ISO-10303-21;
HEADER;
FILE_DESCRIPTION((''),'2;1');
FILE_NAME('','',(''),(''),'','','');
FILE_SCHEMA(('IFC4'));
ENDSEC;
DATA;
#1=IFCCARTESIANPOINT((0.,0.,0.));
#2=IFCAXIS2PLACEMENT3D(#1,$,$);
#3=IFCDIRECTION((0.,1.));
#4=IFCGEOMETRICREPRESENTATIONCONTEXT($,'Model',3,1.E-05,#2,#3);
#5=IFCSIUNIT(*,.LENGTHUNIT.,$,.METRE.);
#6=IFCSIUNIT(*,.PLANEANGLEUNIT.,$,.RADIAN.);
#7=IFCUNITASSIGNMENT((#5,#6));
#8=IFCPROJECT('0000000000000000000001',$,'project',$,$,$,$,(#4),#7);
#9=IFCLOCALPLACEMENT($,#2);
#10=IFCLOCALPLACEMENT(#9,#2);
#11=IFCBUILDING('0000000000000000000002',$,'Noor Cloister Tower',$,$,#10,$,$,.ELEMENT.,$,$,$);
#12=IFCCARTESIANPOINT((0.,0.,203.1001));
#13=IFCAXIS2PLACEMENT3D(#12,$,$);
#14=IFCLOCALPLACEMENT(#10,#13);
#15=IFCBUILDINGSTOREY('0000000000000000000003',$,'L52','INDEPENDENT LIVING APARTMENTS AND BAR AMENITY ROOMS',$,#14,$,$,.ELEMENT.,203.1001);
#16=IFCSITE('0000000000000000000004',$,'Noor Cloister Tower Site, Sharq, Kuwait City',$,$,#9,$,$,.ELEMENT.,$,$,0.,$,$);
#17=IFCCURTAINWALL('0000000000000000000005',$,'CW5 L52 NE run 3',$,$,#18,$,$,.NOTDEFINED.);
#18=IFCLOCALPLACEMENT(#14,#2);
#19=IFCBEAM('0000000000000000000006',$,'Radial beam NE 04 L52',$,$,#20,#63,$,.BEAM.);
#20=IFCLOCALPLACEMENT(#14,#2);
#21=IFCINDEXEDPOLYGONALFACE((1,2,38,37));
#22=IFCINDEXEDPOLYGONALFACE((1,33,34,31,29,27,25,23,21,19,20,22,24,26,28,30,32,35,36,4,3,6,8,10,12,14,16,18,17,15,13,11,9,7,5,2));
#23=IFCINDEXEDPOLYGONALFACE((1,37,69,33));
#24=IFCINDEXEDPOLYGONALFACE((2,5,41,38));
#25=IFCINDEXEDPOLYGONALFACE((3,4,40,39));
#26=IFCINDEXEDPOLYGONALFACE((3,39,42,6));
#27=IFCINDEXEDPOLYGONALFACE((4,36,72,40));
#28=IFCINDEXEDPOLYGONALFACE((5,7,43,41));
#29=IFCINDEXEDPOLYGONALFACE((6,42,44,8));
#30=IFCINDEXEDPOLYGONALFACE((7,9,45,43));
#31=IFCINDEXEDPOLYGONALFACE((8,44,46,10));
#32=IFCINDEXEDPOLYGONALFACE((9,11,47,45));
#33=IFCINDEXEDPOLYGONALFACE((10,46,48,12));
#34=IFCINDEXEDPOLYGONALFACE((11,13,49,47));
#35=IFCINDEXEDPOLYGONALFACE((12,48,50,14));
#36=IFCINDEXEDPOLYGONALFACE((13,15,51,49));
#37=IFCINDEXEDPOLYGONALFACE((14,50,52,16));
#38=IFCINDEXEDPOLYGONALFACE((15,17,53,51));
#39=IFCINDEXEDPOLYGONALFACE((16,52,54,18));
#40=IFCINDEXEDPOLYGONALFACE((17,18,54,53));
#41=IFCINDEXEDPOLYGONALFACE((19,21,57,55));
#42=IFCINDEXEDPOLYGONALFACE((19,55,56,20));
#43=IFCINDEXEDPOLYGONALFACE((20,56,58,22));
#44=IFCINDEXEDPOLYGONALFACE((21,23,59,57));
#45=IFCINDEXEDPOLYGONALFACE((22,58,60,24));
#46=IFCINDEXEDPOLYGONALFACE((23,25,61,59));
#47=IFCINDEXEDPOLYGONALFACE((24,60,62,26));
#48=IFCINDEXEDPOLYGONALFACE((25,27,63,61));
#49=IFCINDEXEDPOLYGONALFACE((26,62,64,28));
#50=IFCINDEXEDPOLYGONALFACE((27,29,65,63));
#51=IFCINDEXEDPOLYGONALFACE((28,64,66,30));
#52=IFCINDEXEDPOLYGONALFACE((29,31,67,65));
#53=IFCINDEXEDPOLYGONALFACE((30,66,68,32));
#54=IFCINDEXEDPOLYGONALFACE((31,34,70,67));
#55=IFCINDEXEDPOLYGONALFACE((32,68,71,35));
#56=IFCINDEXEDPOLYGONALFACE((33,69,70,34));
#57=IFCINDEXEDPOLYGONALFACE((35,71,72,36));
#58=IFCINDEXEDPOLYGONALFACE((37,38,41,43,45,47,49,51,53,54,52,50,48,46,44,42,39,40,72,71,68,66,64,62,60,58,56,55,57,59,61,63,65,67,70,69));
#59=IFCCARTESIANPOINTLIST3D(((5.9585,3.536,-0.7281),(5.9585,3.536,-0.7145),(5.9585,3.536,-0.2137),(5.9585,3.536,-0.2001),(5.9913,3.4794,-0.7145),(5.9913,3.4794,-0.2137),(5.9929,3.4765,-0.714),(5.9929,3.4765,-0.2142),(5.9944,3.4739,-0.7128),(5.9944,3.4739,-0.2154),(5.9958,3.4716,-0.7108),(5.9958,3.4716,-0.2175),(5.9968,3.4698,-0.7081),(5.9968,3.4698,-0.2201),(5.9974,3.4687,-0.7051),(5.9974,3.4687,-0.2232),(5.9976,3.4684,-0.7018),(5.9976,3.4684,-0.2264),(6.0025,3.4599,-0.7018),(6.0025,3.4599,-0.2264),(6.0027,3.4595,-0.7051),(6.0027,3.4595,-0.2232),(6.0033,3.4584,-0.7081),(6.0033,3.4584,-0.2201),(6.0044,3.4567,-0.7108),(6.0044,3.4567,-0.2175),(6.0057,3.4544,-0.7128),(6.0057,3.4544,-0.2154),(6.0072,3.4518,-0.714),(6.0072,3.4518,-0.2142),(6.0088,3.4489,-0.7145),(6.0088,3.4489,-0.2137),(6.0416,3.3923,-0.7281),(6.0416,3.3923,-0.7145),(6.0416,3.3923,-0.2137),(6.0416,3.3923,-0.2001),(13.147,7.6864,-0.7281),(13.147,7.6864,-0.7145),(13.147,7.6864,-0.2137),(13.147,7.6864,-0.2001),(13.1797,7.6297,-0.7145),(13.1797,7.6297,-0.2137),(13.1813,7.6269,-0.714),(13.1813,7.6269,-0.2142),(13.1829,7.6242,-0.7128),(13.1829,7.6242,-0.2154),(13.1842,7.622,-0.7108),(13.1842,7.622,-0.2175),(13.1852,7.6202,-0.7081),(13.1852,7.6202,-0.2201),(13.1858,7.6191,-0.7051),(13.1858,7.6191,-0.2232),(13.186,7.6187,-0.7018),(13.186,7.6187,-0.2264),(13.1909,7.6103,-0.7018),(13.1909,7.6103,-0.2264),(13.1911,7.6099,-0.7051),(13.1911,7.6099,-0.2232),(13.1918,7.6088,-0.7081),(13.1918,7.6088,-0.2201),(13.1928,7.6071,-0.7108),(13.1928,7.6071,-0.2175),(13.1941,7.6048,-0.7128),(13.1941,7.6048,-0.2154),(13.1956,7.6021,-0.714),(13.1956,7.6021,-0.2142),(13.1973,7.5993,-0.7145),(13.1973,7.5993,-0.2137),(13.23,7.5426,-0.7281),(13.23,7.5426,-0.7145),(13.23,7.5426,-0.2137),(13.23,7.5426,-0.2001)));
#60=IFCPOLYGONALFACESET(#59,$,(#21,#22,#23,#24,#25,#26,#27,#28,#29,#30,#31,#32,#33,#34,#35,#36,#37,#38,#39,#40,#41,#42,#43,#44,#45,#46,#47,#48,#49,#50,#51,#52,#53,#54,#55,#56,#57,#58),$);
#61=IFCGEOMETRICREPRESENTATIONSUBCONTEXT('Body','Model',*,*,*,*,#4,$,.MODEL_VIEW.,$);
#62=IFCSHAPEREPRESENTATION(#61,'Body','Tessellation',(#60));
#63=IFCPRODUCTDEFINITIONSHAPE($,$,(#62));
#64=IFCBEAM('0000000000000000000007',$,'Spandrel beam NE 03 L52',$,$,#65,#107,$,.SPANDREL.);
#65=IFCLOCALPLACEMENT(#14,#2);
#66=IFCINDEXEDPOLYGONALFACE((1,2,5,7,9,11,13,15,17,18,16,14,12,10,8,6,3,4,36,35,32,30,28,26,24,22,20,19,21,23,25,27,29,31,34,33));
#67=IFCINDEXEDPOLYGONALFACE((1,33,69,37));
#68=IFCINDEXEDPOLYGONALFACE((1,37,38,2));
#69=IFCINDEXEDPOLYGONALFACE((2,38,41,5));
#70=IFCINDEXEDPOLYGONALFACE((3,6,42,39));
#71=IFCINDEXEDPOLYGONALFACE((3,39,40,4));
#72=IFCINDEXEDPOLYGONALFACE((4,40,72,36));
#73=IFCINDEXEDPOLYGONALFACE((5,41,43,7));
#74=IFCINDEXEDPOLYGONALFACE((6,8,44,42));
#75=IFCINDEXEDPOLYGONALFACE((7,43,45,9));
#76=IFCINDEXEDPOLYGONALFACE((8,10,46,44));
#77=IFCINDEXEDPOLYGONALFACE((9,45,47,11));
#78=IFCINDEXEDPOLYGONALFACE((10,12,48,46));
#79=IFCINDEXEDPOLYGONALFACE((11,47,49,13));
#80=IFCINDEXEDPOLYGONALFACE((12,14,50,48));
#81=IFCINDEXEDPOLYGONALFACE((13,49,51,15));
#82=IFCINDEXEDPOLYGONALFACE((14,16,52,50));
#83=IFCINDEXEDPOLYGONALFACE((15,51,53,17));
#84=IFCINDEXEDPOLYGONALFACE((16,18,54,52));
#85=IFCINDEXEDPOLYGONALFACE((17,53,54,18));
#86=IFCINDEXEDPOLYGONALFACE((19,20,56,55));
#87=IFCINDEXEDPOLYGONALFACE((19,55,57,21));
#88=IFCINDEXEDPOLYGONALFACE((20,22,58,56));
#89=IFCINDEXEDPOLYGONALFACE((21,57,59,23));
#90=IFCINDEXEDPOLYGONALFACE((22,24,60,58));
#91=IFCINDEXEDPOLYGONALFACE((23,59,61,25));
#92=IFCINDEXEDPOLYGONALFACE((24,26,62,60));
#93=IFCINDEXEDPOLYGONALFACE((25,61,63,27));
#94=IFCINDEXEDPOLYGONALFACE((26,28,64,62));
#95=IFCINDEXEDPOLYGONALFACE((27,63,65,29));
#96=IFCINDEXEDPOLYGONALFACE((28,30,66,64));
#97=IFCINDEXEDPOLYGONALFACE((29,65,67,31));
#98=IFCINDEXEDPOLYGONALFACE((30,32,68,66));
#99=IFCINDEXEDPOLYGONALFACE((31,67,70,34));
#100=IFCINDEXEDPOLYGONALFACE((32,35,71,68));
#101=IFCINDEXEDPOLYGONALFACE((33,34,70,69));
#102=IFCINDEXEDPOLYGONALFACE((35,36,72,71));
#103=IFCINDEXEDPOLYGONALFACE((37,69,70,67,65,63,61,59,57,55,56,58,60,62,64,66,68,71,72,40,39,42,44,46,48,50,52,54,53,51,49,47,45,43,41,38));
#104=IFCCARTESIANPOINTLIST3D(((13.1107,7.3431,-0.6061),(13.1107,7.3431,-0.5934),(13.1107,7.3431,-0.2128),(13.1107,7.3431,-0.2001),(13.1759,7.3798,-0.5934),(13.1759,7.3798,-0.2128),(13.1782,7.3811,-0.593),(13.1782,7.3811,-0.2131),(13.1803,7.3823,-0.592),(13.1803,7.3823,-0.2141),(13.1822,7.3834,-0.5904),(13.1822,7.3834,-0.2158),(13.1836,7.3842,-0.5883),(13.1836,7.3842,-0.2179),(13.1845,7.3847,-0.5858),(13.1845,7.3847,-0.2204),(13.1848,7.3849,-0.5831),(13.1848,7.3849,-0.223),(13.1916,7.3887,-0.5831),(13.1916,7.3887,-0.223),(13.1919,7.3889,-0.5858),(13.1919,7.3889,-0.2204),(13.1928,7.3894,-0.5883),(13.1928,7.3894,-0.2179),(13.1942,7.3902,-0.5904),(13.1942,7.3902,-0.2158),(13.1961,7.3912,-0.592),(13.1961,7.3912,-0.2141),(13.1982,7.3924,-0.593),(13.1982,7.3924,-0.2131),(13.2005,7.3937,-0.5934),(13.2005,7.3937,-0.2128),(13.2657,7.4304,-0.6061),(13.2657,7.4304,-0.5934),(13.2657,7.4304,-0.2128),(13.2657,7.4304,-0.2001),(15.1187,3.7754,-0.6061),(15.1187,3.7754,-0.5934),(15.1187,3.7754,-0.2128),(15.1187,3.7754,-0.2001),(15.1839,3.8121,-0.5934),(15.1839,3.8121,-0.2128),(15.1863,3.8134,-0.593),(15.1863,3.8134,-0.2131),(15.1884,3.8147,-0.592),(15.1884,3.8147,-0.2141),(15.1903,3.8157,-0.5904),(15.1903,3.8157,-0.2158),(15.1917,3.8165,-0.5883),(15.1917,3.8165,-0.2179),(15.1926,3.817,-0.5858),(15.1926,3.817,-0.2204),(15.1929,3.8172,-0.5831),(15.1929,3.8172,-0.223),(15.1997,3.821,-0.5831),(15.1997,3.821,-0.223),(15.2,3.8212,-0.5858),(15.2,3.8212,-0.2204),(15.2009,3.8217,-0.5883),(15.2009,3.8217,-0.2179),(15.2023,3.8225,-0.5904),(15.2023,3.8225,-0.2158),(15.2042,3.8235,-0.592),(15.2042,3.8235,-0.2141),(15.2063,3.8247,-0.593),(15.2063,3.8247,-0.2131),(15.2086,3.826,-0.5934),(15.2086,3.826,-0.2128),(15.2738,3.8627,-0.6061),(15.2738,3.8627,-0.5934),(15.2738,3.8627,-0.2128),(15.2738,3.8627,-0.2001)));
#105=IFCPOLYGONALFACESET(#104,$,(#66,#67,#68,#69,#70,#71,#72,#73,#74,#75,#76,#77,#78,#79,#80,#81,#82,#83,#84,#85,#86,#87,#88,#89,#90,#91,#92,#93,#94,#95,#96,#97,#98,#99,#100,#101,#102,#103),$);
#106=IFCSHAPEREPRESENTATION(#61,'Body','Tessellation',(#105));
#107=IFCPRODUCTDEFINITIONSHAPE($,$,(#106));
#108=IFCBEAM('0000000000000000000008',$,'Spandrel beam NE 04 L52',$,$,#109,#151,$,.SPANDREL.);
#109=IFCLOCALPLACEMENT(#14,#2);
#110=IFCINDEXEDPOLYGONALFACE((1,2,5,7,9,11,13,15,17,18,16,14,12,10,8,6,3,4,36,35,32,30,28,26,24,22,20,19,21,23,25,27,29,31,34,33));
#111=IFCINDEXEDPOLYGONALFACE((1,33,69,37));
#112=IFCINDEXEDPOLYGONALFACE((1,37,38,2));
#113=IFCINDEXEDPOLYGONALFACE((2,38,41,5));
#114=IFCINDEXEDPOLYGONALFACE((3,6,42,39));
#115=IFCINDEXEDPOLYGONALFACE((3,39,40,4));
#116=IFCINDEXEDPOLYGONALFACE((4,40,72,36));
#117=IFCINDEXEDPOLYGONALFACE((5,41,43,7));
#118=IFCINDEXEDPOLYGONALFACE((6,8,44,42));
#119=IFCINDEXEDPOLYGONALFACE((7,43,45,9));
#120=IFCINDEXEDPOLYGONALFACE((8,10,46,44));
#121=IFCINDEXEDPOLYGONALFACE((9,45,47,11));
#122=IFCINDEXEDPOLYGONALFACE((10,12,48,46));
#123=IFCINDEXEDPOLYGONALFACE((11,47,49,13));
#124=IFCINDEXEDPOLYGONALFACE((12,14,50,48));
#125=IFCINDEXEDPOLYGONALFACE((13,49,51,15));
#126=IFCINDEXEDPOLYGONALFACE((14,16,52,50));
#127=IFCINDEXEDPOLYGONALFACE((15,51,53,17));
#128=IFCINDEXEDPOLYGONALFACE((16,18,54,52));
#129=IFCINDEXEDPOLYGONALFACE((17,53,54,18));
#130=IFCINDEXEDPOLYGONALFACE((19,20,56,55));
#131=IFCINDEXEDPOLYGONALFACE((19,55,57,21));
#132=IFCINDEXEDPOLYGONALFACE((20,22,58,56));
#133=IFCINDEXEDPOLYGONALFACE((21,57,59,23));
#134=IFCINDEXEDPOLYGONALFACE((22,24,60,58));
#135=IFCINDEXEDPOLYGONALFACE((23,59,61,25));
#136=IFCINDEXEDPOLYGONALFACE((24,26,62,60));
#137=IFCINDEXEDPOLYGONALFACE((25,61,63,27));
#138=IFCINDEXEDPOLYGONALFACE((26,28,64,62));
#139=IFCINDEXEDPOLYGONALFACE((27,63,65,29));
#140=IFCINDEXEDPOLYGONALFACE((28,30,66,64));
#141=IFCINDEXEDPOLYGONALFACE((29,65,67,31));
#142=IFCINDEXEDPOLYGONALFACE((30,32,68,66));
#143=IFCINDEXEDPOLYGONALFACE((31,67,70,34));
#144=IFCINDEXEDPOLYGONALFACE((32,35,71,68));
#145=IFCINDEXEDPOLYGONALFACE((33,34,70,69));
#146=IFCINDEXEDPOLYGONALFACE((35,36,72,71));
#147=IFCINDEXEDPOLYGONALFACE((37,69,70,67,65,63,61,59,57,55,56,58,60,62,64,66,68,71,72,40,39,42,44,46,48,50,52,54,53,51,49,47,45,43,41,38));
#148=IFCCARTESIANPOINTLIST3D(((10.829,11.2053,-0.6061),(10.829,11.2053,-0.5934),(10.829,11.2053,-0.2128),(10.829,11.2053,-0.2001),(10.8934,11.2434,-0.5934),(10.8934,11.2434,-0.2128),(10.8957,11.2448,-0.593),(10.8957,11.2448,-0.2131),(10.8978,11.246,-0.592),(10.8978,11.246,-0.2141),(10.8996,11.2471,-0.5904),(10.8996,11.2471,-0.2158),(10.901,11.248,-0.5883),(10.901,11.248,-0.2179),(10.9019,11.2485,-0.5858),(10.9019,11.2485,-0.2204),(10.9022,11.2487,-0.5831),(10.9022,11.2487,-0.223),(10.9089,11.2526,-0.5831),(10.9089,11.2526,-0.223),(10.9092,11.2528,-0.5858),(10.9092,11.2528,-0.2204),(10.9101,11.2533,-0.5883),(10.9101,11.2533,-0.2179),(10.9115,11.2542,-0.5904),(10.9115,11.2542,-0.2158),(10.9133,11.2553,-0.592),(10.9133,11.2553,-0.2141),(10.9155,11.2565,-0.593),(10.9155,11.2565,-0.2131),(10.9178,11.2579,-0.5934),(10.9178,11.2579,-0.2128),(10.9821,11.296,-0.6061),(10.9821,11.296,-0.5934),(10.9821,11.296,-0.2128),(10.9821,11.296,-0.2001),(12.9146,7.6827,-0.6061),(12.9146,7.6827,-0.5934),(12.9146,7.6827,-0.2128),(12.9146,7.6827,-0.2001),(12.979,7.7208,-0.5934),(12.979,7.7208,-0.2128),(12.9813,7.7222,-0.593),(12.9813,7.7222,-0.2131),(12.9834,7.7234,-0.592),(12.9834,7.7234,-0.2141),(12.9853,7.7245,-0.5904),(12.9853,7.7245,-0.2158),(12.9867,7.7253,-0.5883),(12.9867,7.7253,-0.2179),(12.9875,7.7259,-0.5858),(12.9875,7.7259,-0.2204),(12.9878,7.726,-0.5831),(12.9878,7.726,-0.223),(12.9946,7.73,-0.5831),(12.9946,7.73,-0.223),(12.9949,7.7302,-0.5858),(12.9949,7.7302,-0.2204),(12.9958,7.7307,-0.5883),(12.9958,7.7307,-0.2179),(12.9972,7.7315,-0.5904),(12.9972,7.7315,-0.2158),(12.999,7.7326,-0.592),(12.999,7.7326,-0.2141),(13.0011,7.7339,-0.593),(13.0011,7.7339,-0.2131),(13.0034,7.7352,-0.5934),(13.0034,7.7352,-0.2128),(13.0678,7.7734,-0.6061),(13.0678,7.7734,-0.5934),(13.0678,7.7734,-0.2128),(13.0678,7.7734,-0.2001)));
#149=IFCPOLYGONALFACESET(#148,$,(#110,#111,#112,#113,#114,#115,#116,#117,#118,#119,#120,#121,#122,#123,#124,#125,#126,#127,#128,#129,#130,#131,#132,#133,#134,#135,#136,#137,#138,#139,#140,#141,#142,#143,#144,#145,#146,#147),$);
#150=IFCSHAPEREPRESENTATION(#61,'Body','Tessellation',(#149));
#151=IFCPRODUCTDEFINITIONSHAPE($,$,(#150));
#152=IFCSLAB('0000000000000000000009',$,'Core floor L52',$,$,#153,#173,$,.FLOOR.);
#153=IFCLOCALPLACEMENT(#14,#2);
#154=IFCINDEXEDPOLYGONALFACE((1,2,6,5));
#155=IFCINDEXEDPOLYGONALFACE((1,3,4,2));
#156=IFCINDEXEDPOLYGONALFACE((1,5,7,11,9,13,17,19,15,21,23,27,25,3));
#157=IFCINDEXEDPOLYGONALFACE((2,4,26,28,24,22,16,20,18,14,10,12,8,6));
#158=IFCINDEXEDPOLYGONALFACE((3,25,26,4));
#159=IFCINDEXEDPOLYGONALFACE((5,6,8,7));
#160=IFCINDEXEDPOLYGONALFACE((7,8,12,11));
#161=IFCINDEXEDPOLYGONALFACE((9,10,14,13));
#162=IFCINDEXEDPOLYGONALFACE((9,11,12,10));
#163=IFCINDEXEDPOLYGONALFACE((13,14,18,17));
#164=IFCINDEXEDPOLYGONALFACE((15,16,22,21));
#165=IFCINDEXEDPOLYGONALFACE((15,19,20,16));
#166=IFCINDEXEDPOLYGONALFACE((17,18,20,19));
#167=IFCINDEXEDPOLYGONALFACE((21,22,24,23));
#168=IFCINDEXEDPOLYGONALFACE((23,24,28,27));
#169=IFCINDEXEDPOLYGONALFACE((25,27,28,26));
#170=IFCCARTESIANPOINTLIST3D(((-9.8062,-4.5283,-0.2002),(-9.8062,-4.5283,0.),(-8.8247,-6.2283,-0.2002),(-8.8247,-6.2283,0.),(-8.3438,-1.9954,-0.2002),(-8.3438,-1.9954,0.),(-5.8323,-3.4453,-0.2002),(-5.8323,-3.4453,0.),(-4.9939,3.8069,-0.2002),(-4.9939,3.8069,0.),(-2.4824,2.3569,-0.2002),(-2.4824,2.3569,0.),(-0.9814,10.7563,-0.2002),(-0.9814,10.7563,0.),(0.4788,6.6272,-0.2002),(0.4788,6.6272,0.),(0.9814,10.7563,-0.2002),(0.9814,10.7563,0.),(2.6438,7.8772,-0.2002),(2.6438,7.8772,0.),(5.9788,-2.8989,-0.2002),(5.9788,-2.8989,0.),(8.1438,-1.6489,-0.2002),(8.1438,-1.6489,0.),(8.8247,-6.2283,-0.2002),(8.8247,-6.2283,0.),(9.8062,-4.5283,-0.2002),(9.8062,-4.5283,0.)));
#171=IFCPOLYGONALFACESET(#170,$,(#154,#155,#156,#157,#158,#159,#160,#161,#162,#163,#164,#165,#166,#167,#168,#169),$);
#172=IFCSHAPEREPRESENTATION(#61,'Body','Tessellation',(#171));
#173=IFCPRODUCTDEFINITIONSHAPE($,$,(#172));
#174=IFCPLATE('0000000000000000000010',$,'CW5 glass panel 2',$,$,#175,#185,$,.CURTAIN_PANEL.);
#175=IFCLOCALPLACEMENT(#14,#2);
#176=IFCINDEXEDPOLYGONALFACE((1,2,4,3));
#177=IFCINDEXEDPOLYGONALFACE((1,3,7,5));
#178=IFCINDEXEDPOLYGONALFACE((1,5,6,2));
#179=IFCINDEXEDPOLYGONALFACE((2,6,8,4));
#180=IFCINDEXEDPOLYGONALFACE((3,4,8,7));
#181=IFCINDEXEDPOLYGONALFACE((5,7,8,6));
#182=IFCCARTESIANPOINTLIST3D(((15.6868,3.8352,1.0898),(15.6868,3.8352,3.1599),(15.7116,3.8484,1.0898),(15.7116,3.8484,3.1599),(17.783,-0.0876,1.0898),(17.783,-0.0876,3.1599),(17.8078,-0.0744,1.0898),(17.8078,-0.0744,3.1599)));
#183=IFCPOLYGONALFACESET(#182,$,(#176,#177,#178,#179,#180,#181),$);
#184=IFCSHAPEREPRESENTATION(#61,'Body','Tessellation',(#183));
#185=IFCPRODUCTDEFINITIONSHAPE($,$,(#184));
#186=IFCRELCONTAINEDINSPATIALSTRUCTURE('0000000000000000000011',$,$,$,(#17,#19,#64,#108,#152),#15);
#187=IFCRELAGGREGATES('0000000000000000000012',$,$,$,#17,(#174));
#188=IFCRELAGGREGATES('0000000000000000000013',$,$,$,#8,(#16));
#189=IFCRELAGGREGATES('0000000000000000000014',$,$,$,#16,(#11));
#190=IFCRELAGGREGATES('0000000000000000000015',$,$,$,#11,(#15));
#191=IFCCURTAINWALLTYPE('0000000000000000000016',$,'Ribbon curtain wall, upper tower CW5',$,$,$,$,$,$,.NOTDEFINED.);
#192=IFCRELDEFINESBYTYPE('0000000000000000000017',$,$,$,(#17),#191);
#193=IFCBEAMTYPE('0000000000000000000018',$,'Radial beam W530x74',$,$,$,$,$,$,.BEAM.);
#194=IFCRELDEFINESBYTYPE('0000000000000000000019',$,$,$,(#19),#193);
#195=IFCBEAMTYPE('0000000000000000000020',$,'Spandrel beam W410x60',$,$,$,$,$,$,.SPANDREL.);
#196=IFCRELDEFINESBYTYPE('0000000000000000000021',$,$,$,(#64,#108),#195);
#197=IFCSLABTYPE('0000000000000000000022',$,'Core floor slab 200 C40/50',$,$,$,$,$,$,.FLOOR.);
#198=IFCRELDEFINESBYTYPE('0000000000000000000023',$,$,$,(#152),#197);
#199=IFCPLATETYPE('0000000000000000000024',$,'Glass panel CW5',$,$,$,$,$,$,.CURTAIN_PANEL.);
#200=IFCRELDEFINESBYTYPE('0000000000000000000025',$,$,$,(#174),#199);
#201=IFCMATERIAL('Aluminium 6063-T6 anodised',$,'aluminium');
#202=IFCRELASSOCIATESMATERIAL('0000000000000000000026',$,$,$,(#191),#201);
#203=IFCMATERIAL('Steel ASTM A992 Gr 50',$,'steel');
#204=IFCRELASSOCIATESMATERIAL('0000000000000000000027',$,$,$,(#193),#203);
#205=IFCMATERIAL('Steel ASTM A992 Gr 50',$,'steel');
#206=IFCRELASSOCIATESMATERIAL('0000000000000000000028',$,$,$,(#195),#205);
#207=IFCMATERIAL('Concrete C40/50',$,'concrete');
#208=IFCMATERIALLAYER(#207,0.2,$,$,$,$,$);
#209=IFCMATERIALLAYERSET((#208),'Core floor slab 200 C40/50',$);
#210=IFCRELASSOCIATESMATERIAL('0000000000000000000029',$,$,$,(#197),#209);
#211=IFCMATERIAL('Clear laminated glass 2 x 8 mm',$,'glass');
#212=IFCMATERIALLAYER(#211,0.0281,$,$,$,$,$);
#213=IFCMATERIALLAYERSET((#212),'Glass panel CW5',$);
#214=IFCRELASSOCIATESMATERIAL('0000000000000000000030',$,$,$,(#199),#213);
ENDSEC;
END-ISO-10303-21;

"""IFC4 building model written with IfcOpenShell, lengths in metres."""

from ifc_helpers import new_model, si_unit, direction, frame, origin, origin_2d, place, context, subcontext, project, spatial, polyline, rectangle, i_section, outline, extrude, material, layer, layer_set, material_profile, profile_set, type_object, element, aggregate, save


model = new_model("IFC4")

# Units and contexts
model_context = context("Model", 3, precision=1e-05, world=origin(), true_north=direction((0.0, 1.0)))
body_context = subcontext(model_context, "Body", "Model", "MODEL_VIEW")
ifc_project = project(units=[si_unit("LENGTHUNIT", "METRE"), si_unit("PLANEANGLEUNIT", "RADIAN")], contexts=[model_context])

# Site, building, storey
site_placement = place(None, origin())
site = spatial("IfcSite", under=ifc_project, at=site_placement, Name="Noor Cloister Tower Site, Sharq, Kuwait City", CompositionType="ELEMENT", RefElevation=0.0)
building_placement = place(site_placement, origin())
building = spatial("IfcBuilding", under=site, at=building_placement, Name="Noor Cloister Tower", CompositionType="ELEMENT")
storey_placement = place(building_placement, frame((0.0, 0.0, 203.1001)))
storey = spatial("IfcBuildingStorey", under=building, at=storey_placement, Name="L52", Description="INDEPENDENT LIVING APARTMENTS AND BAR AMENITY ROOMS", CompositionType="ELEMENT", Elevation=203.1001)

# Curtain wall
ifc_material_1 = material(Name="Aluminium 6063-T6 anodised", Category="aluminium")
curtain_wall_type = type_object("IfcCurtainWallType", Name="Ribbon curtain wall, upper tower CW5", PredefinedType="NOTDEFINED", material=ifc_material_1)
curtain_wall_placement = place(storey_placement, origin())
curtain_wall = element("IfcCurtainWall", 1, at=curtain_wall_placement, inside=storey, type_object=curtain_wall_type, Name="CW5 L52 NE run 3", PredefinedType="NOTDEFINED")

# Beams
ifc_material_2 = material(Name="Steel ASTM A992 Gr 50", Category="steel")
ifc_material_profile_1 = material_profile(ifc_material_2, i_section(OverallWidth=0.166, OverallDepth=0.5281, WebThickness=0.0098, FlangeThickness=0.0137, FilletRadius=0.0127, at=origin_2d()), Name="W530x74")
ifc_profile_set_1 = profile_set([ifc_material_profile_1], Name="Steel ASTM A992 Gr 50")
beam_type_1 = type_object("IfcBeamType", Name="Radial beam W530x74", PredefinedType="BEAM", material=ifc_profile_set_1)
beam_1_placement = place(storey_placement, frame((13.1885, 7.6145, -0.4641), z_axis=(-0.866019, -0.500011, 0.0), x_axis=(0.500011, -0.866019, 0.0)))
element("IfcBeam", 2, at=beam_1_placement, inside=storey, type_object=beam_type_1, Name="Radial beam NE 04 L52", PredefinedType="BEAM", context=body_context, shape_type="SweptSolid", body=[
    extrude(i_section(OverallWidth=0.166, OverallDepth=0.5281, WebThickness=0.0098, FlangeThickness=0.0137, FilletRadius=0.0127, at=origin_2d()), origin(), (0.0, 0.0, 1.0), 8.3005),
])
ifc_material_3 = material(Name="Steel ASTM A992 Gr 50", Category="steel")
ifc_material_profile_2 = material_profile(ifc_material_3, i_section(OverallWidth=0.178, OverallDepth=0.406, WebThickness=0.0078, FlangeThickness=0.0127, FilletRadius=0.0103, at=origin_2d()), Name="W410x60")
ifc_profile_set_2 = profile_set([ifc_material_profile_2], Name="Steel ASTM A992 Gr 50")
beam_type_2 = type_object("IfcBeamType", Name="Spandrel beam W410x60", PredefinedType="SPANDREL", material=ifc_profile_set_2)
beam_2_placement = place(storey_placement, frame((15.1963, 3.8191, -0.4031), z_axis=(-0.490496, 0.871443, 0.0), x_axis=(-0.871443, -0.490496, 0.0)))
element("IfcBeam", 3, at=beam_2_placement, inside=storey, type_object=beam_type_2, Name="Spandrel beam NE 03 L52", PredefinedType="SPANDREL", context=body_context, shape_type="SweptSolid", body=[
    extrude(i_section(OverallWidth=0.178, OverallDepth=0.406, WebThickness=0.0078, FlangeThickness=0.0127, FilletRadius=0.0103, at=origin_2d()), origin(), (0.0, 0.0, 1.0), 4.094),
])
beam_3_placement = place(storey_placement, frame((12.9912, 7.728, -0.4031), z_axis=(-0.509471, 0.860488, 0.0), x_axis=(-0.860488, -0.509471, 0.0)))
element("IfcBeam", 4, at=beam_3_placement, inside=storey, type_object=beam_type_2, Name="Spandrel beam NE 04 L52", PredefinedType="SPANDREL", context=body_context, shape_type="SweptSolid", body=[
    extrude(i_section(OverallWidth=0.178, OverallDepth=0.406, WebThickness=0.0078, FlangeThickness=0.0127, FilletRadius=0.0103, at=origin_2d()), origin(), (0.0, 0.0, 1.0), 4.0938),
])

# Slab
ifc_material_4 = material(Name="Concrete C40/50", Category="concrete")
ifc_layer_1 = layer(ifc_material_4, 0.2)
ifc_layer_set_1 = layer_set([ifc_layer_1], Name="Core floor slab 200 C40/50")
slab_type_1 = type_object("IfcSlabType", Name="Core floor slab 200 C40/50", PredefinedType="FLOOR", material=ifc_layer_set_1)
slab_1_placement = place(storey_placement, frame((0.0, 0.0, -0.2002)))
element("IfcSlab", 5, at=slab_1_placement, inside=storey, type_object=slab_type_1, Name="Core floor L52", PredefinedType="FLOOR", context=body_context, shape_type="SweptSolid", body=[
    extrude(outline(polyline([(2.6438, 7.8772), (0.9814, 10.7563), (-0.9814, 10.7563), (-4.9939, 3.8069), (-2.4824, 2.3569), (-5.8323, -3.4453), (-8.3438, -1.9954), (-9.8062, -4.5283), (-8.8247, -6.2283), (8.8247, -6.2283), (9.8062, -4.5283), (8.1438, -1.6489), (5.9788, -2.8989), (0.4788, 6.6272), (2.6438, 7.8772)])), origin(), (0.0, 0.0, 1.0), 0.2002),
])

# Plate
ifc_material_5 = material(Name="Clear laminated glass 2 x 8 mm", Category="glass")
ifc_layer_2 = layer(ifc_material_5, 0.0281)
ifc_layer_set_2 = layer_set([ifc_layer_2], Name="Glass panel CW5")
plate_type = type_object("IfcPlateType", Name="Glass panel CW5", PredefinedType="CURTAIN_PANEL", material=ifc_layer_set_2)
plate_1_placement = place(storey_placement, frame((16.7473, 1.8804, 1.0898), z_axis=(0.0, 0.0, 1.0), x_axis=(-0.471298, 0.881974, 0.0)))
plate_1 = element("IfcPlate", 6, at=plate_1_placement, type_object=plate_type, Name="CW5 glass panel 2", PredefinedType="CURTAIN_PANEL", context=body_context, shape_type="SweptSolid", body=[
    extrude(rectangle(XDim=4.4478, YDim=0.0281, at=origin_2d()), origin(), (0.0, 0.0, 1.0), 2.0701),
])
aggregate(curtain_wall, [plate_1])

save(model, "model.ifc")
